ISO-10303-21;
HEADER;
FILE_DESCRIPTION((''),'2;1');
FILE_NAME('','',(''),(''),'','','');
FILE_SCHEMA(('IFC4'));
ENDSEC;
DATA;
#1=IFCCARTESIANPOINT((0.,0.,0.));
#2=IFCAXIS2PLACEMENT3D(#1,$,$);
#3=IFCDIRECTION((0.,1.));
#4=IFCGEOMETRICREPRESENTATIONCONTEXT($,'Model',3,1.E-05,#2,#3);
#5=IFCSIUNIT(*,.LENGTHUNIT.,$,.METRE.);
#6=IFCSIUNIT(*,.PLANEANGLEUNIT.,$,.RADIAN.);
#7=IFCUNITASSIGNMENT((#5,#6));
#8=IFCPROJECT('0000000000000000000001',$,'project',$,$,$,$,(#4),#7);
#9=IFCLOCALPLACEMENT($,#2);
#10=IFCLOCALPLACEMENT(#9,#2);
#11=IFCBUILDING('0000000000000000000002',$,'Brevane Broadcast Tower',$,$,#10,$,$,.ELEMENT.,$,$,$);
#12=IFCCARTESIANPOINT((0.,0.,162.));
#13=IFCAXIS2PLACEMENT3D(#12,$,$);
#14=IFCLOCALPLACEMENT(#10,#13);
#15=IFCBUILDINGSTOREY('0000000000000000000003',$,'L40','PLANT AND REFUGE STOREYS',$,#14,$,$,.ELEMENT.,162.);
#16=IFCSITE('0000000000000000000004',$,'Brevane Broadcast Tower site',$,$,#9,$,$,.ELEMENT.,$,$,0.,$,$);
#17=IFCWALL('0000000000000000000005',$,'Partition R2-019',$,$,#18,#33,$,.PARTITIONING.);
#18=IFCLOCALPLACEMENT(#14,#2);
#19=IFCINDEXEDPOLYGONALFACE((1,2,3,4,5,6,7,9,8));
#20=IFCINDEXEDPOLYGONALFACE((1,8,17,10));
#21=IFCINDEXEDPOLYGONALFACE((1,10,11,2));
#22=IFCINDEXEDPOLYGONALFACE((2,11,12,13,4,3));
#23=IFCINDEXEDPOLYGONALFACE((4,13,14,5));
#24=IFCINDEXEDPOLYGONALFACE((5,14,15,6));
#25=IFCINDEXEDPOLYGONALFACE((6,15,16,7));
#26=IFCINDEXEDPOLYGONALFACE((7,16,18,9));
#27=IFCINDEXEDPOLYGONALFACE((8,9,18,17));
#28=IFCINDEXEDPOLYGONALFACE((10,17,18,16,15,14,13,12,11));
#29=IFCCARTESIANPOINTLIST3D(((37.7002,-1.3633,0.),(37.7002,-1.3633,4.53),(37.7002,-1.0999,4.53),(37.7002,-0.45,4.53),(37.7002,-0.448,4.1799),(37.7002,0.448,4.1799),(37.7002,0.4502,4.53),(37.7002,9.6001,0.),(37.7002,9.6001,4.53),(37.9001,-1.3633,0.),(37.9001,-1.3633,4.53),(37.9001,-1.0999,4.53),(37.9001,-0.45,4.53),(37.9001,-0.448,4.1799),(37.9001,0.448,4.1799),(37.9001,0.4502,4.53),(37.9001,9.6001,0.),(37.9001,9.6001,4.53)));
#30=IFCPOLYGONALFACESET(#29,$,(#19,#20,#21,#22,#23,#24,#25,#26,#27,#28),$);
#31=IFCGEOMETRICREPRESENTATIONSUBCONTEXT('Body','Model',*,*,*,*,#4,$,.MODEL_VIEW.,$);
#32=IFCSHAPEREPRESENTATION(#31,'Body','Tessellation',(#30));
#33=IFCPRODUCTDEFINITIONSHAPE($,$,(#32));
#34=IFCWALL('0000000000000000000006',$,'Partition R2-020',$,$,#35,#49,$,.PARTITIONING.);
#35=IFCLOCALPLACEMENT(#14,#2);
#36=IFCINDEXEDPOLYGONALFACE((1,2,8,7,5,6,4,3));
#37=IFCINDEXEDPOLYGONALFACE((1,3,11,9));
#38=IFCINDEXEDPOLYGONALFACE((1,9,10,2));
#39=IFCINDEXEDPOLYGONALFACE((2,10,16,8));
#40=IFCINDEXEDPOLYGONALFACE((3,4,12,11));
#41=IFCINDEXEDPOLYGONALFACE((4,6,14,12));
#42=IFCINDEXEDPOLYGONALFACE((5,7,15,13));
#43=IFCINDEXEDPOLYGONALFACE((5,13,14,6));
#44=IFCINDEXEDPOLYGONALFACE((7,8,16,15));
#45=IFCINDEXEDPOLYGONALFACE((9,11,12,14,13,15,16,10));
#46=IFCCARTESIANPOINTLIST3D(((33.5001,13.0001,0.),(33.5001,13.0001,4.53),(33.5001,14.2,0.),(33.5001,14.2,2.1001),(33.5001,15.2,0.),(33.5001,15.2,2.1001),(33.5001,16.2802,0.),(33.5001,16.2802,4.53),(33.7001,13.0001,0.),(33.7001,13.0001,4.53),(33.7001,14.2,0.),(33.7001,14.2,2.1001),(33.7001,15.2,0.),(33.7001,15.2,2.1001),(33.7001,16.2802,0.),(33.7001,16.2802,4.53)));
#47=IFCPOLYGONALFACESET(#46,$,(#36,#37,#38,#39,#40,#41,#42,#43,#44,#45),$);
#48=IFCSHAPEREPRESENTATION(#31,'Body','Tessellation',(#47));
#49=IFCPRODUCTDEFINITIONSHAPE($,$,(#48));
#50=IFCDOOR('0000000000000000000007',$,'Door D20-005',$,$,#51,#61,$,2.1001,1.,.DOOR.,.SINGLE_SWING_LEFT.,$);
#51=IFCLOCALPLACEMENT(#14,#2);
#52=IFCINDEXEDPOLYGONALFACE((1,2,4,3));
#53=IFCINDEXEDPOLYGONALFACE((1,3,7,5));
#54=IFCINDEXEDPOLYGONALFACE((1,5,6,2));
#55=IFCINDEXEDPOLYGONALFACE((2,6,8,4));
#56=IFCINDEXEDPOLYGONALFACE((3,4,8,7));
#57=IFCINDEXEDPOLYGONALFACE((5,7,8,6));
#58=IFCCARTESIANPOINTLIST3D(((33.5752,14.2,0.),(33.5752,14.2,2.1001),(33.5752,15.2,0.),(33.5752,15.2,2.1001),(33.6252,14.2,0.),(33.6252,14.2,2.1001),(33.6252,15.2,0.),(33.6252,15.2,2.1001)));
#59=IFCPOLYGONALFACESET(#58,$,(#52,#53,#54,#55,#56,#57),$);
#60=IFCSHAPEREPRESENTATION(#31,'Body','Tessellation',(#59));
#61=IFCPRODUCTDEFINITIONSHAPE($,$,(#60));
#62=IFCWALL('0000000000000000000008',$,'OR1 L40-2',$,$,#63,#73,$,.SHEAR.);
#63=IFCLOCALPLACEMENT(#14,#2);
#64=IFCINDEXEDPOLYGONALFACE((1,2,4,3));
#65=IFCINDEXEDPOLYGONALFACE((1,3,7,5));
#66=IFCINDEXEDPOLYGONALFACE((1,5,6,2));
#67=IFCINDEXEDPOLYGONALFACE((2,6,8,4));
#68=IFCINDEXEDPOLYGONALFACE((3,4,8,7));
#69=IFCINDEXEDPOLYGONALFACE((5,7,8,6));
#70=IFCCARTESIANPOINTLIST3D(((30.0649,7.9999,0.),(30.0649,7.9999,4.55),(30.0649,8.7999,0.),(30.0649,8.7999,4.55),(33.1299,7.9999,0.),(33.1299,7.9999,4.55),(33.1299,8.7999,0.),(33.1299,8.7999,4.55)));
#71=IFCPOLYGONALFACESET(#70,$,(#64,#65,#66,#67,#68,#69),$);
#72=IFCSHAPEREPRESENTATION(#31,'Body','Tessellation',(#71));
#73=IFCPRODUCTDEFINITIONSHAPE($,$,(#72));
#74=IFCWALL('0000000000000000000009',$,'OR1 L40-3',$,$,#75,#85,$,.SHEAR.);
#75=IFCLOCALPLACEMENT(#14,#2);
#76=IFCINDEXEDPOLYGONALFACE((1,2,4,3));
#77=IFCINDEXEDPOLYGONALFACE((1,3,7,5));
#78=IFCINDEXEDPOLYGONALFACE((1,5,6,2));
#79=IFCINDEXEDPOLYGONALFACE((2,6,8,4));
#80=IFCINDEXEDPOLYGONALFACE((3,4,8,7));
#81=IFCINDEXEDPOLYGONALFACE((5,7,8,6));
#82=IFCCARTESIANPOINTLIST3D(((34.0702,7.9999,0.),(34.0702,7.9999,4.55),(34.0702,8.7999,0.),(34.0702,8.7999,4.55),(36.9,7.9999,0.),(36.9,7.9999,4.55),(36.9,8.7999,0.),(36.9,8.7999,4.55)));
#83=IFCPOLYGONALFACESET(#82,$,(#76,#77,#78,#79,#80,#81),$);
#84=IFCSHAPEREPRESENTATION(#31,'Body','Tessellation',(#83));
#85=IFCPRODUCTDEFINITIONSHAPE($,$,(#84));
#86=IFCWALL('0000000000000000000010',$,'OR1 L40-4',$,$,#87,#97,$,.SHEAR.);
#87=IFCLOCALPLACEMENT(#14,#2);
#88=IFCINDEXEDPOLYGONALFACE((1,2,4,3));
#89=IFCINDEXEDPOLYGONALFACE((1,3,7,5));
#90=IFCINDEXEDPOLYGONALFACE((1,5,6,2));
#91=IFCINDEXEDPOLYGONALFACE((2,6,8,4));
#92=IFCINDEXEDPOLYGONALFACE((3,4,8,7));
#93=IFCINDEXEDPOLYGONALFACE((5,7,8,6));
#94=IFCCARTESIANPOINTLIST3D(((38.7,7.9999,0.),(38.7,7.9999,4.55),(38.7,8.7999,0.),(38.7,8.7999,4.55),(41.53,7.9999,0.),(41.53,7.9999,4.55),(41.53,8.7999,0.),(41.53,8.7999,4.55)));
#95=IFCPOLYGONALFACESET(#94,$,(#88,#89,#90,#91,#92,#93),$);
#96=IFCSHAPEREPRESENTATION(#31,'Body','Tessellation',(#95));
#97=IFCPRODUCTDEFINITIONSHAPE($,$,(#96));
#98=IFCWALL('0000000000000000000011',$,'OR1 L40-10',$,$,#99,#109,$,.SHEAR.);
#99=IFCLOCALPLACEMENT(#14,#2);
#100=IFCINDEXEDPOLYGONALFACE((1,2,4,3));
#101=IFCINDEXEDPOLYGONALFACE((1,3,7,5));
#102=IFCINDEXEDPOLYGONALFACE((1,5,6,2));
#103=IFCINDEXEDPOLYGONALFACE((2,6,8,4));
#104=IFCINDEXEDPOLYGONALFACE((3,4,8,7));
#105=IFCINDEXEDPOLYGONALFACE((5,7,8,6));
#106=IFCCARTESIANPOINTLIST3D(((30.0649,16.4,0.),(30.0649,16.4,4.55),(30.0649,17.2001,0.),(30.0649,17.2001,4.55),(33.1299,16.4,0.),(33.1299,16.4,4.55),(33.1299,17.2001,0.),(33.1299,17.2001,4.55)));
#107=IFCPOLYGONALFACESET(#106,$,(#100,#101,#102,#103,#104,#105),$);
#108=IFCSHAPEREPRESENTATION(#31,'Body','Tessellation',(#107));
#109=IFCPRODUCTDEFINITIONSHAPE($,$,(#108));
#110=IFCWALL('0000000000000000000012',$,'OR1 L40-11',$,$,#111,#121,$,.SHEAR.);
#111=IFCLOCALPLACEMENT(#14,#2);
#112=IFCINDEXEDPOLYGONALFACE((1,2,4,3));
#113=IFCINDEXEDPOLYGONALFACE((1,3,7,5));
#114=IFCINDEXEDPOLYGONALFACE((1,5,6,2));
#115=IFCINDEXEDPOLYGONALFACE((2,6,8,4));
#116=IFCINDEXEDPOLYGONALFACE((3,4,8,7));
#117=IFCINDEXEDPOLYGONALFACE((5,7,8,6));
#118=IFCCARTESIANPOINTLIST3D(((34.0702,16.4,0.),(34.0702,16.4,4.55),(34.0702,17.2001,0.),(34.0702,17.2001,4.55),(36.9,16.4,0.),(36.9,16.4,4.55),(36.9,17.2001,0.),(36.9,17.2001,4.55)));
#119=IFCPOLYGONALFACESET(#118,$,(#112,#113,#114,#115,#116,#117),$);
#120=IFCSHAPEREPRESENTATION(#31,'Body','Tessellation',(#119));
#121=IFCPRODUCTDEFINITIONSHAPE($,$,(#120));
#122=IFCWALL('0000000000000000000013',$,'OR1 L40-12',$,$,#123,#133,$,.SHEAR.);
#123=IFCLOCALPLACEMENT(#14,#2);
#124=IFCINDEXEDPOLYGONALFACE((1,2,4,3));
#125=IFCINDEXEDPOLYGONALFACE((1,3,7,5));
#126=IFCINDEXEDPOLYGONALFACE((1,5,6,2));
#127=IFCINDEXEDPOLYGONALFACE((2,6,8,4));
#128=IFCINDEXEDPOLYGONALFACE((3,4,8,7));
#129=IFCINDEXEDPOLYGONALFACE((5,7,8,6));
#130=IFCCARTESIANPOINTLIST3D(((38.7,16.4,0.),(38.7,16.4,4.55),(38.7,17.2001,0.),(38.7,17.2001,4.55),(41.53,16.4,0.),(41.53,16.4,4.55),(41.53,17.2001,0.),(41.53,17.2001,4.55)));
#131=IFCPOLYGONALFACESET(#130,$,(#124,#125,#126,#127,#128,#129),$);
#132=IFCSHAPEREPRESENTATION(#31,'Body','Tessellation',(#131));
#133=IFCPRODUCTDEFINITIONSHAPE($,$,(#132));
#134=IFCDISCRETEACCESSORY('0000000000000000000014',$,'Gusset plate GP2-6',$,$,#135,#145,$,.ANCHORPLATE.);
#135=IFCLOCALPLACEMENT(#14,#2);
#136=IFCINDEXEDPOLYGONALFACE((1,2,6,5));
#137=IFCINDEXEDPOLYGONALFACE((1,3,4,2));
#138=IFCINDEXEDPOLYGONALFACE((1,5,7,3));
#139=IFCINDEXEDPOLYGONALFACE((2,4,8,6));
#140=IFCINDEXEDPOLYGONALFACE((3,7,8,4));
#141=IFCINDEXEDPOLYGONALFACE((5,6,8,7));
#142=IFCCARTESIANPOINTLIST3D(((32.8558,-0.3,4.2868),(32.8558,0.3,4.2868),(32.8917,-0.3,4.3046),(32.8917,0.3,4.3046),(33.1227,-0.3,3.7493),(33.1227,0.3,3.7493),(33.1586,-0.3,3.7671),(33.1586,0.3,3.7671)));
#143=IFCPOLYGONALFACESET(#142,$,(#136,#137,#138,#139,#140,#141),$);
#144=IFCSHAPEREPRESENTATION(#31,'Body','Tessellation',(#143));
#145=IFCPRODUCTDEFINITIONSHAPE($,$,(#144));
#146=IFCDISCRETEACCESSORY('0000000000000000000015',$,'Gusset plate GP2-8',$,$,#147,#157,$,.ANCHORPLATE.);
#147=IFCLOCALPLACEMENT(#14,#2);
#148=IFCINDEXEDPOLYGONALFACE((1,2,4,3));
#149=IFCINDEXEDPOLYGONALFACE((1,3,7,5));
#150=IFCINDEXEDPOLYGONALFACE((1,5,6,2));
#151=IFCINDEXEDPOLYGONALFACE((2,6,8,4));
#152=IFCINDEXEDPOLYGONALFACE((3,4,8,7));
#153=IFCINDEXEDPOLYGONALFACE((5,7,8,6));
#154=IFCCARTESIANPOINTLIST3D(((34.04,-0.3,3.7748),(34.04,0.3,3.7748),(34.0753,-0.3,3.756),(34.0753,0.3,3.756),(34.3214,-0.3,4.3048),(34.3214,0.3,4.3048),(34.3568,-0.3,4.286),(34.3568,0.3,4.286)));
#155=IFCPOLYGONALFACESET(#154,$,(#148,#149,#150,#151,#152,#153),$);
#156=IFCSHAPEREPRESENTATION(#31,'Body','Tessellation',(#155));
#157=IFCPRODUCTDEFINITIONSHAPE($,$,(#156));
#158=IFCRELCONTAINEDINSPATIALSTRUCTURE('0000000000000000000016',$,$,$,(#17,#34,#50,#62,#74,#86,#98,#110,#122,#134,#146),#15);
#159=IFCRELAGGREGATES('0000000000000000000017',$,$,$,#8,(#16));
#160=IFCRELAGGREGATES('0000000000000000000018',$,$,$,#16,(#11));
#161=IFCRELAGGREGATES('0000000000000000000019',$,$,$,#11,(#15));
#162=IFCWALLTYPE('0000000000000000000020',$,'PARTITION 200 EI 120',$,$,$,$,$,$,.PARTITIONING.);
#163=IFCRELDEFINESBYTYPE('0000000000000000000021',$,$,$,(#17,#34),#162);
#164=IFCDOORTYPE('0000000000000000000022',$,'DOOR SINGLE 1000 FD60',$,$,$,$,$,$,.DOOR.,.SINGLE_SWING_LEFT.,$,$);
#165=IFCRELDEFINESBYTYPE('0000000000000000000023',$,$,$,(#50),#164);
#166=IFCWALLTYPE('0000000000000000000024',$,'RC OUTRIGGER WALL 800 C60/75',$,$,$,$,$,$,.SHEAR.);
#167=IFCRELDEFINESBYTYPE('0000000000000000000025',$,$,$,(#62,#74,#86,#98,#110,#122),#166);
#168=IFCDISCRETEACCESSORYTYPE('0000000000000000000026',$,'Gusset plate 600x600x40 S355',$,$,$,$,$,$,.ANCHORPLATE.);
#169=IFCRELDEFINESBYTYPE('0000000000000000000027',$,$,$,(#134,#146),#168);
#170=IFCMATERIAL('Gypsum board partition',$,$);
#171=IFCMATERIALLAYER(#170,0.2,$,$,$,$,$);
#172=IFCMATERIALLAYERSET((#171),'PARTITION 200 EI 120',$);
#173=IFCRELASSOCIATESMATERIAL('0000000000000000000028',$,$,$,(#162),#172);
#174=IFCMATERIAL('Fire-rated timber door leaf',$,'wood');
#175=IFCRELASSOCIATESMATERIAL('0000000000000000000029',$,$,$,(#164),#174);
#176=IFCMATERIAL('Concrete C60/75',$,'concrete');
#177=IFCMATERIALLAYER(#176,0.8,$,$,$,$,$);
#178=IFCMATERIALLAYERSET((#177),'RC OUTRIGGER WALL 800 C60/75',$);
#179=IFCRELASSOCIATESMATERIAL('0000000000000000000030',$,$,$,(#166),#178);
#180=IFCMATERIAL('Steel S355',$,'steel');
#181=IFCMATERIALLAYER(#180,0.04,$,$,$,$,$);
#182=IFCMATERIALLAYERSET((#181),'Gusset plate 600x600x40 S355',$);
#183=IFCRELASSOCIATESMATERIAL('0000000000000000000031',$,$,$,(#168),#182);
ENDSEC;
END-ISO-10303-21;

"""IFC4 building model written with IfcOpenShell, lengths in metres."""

from ifc_helpers import new_model, si_unit, direction, frame, frame_2d, origin, origin_2d, place, context, subcontext, project, spatial, polyline, rectangle, outline, extrude, material, layer, layer_set, type_object, element, fill, save


model = new_model("IFC4")

# Units and contexts
model_context = context("Model", 3, precision=1e-05, world=origin(), true_north=direction((0.0, 1.0)))
body_context = subcontext(model_context, "Body", "Model", "MODEL_VIEW")
ifc_project = project(units=[si_unit("LENGTHUNIT", "METRE"), si_unit("PLANEANGLEUNIT", "RADIAN")], contexts=[model_context])

# Site, building, storey
site_placement = place(None, origin())
site = spatial("IfcSite", under=ifc_project, at=site_placement, Name="Brevane Broadcast Tower site", CompositionType="ELEMENT", RefElevation=0.0)
building_placement = place(site_placement, origin())
building = spatial("IfcBuilding", under=site, at=building_placement, Name="Brevane Broadcast Tower", CompositionType="ELEMENT")
storey_placement = place(building_placement, frame((0.0, 0.0, 162.0)))
storey = spatial("IfcBuildingStorey", under=building, at=storey_placement, Name="L40", Description="PLANT AND REFUGE STOREYS", CompositionType="ELEMENT", Elevation=162.0)

# Shared definitions
ifc_material_1 = material(Name="Concrete C60/75", Category="concrete")

# Shared definitions
ifc_material_2 = material(Name="Steel S355", Category="steel")

# Shared definitions
ifc_material_3 = material(Name="Gypsum board partition")
ifc_layer_1 = layer(ifc_material_3, 0.2)
ifc_layer_set_1 = layer_set([ifc_layer_1], Name="PARTITION 200 EI 120")
wall_type_1 = type_object("IfcWallType", Name="PARTITION 200 EI 120", PredefinedType="PARTITIONING", material=ifc_layer_set_1)

# Shared definitions
ifc_material_4 = material(Name="Fire-rated timber door leaf", Category="wood")
door_type = type_object("IfcDoorType", Name="DOOR SINGLE 1000 FD60", OperationType="SINGLE_SWING_LEFT", PredefinedType="DOOR", material=ifc_material_4)

# Wall
wall_1_placement = place(storey_placement, frame((37.8, 9.6001, 0.0), z_axis=(0.0, 0.0, 1.0), x_axis=(0.0, -1.0, 0.0)))
element("IfcWall", 1, at=wall_1_placement, inside=storey, type_object=wall_type_1, Name="Partition R2-019", PredefinedType="PARTITIONING", context=body_context, shape_type="SweptSolid", body=[
    extrude(outline(polyline([(0.0, 0.0), (10.9634, 0.0), (10.9634, 4.53), (10.7, 4.53), (10.05, 4.53), (10.0481, 4.1799), (9.1521, 4.1799), (9.1499, 4.53), (0.0, 4.53), (0.0, 0.0)])), frame((0.0, 0.1001, 0.0), z_axis=(0.0, -1.0, 0.0), x_axis=(1.0, 0.0, 0.0)), (0.0, 0.0, 1.0), 0.2),
])

# Wall, opening, door
wall_2_placement = place(storey_placement, frame((33.6001, 13.0, 0.0), z_axis=(0.0, 0.0, 1.0), x_axis=(0.0, 1.0, 0.0)))
wall_2 = element("IfcWall", 2, at=wall_2_placement, inside=storey, type_object=wall_type_1, Name="Partition R2-020", PredefinedType="PARTITIONING", context=body_context, shape_type="SweptSolid", body=[
    extrude(rectangle(XDim=3.28, YDim=0.2, at=frame_2d((1.6401, 0.0))), origin(), (0.0, 0.0, 1.0), 4.53),
])
opening_1_placement = place(wall_2_placement, frame((1.2, 0.0, 0.0)))
opening_1 = element("IfcOpeningElement", 3, at=opening_1_placement, cuts=wall_2, PredefinedType="OPENING", context=body_context, shape_type="SweptSolid", body=[
    extrude(rectangle(XDim=1.0, YDim=2.1001, at=frame_2d((0.5, 1.05))), frame((0.0, 0.1099, 0.0), z_axis=(0.0, -1.0, 0.0), x_axis=(1.0, 0.0, 0.0)), (0.0, 0.0, 1.0), 0.22),
])
door_1_placement = place(opening_1_placement, origin())
door_1 = element("IfcDoor", 4, at=door_1_placement, inside=storey, type_object=door_type, Name="Door D20-005", OperationType="SINGLE_SWING_LEFT", OverallHeight=2.1001, OverallWidth=1.0, PredefinedType="DOOR", context=body_context, shape_type="SweptSolid", body=[
    extrude(rectangle(XDim=1.0, YDim=2.1001, at=frame_2d((0.5, 1.05))), frame((0.0, 0.0249, 0.0), z_axis=(0.0, -1.0, 0.0), x_axis=(1.0, 0.0, 0.0)), (0.0, 0.0, 1.0), 0.05),
])
fill(opening_1, door_1)

# Walls
ifc_layer_2 = layer(ifc_material_1, 0.8)
ifc_layer_set_2 = layer_set([ifc_layer_2], Name="RC OUTRIGGER WALL 800 C60/75")
wall_type_2 = type_object("IfcWallType", Name="RC OUTRIGGER WALL 800 C60/75", PredefinedType="SHEAR", material=ifc_layer_set_2)
wall_3_placement = place(storey_placement, frame((30.0649, 8.3999, 0.0), z_axis=(0.0, 0.0, 1.0), x_axis=(1.0, 0.0, 0.0)))
element("IfcWall", 5, at=wall_3_placement, inside=storey, type_object=wall_type_2, Name="OR1 L40-2", PredefinedType="SHEAR", context=body_context, shape_type="SweptSolid", body=[
    extrude(rectangle(XDim=3.0649, YDim=0.8, at=frame_2d((1.5325, 0.0))), origin(), (0.0, 0.0, 1.0), 4.55),
])
wall_4_placement = place(storey_placement, frame((34.0701, 8.3999, 0.0), z_axis=(0.0, 0.0, 1.0), x_axis=(1.0, 0.0, 0.0)))
element("IfcWall", 6, at=wall_4_placement, inside=storey, type_object=wall_type_2, Name="OR1 L40-3", PredefinedType="SHEAR", context=body_context, shape_type="SweptSolid", body=[
    extrude(rectangle(XDim=2.8298, YDim=0.8, at=frame_2d((1.415, 0.0))), origin(), (0.0, 0.0, 1.0), 4.55),
])
wall_5_placement = place(storey_placement, frame((38.7, 8.3999, 0.0), z_axis=(0.0, 0.0, 1.0), x_axis=(1.0, 0.0, 0.0)))
element("IfcWall", 7, at=wall_5_placement, inside=storey, type_object=wall_type_2, Name="OR1 L40-4", PredefinedType="SHEAR", context=body_context, shape_type="SweptSolid", body=[
    extrude(rectangle(XDim=2.8301, YDim=0.8, at=frame_2d((1.415, 0.0))), origin(), (0.0, 0.0, 1.0), 4.55),
])
wall_6_placement = place(storey_placement, frame((30.0649, 16.8, 0.0), z_axis=(0.0, 0.0, 1.0), x_axis=(1.0, 0.0, 0.0)))
element("IfcWall", 8, at=wall_6_placement, inside=storey, type_object=wall_type_2, Name="OR1 L40-10", PredefinedType="SHEAR", context=body_context, shape_type="SweptSolid", body=[
    extrude(rectangle(XDim=3.0649, YDim=0.8, at=frame_2d((1.5325, 0.0))), origin(), (0.0, 0.0, 1.0), 4.55),
])
wall_7_placement = place(storey_placement, frame((34.0701, 16.8, 0.0), z_axis=(0.0, 0.0, 1.0), x_axis=(1.0, 0.0, 0.0)))
element("IfcWall", 9, at=wall_7_placement, inside=storey, type_object=wall_type_2, Name="OR1 L40-11", PredefinedType="SHEAR", context=body_context, shape_type="SweptSolid", body=[
    extrude(rectangle(XDim=2.8298, YDim=0.8, at=frame_2d((1.415, 0.0))), origin(), (0.0, 0.0, 1.0), 4.55),
])
wall_8_placement = place(storey_placement, frame((38.7, 16.8, 0.0), z_axis=(0.0, 0.0, 1.0), x_axis=(1.0, 0.0, 0.0)))
element("IfcWall", 10, at=wall_8_placement, inside=storey, type_object=wall_type_2, Name="OR1 L40-12", PredefinedType="SHEAR", context=body_context, shape_type="SweptSolid", body=[
    extrude(rectangle(XDim=2.8301, YDim=0.8, at=frame_2d((1.415, 0.0))), origin(), (0.0, 0.0, 1.0), 4.55),
])

# Discrete accessories
ifc_layer_3 = layer(ifc_material_2, 0.04)
ifc_layer_set_3 = layer_set([ifc_layer_3], Name="Gusset plate 600x600x40 S355")
discrete_accessory_type = type_object("IfcDiscreteAccessoryType", Name="Gusset plate 600x600x40 S355", PredefinedType="ANCHORPLATE", material=ifc_layer_set_3)
for number, where, z_axis, x_axis, name in (
    (11, (32.9893, 0.0, 4.0181), (0.895642, 0.0, 0.444775), (0.0, 1.0, 0.0), "Gusset plate GP2-6"),
    (12, (34.2161, 0.0, 4.021), (-0.883195, 0.0, 0.469007), (0.0, -1.0, 0.0), "Gusset plate GP2-8"),
):
    element("IfcDiscreteAccessory", number, at=place(storey_placement, frame(where, z_axis=z_axis, x_axis=x_axis)), inside=storey, type_object=discrete_accessory_type, Name=name, PredefinedType="ANCHORPLATE", context=body_context, shape_type="SweptSolid", body=[
        extrude(rectangle(XDim=0.6001, YDim=0.6001, at=origin_2d()), origin(), (0.0, 0.0, 1.0), 0.04),
    ])

save(model, "model.ifc")
